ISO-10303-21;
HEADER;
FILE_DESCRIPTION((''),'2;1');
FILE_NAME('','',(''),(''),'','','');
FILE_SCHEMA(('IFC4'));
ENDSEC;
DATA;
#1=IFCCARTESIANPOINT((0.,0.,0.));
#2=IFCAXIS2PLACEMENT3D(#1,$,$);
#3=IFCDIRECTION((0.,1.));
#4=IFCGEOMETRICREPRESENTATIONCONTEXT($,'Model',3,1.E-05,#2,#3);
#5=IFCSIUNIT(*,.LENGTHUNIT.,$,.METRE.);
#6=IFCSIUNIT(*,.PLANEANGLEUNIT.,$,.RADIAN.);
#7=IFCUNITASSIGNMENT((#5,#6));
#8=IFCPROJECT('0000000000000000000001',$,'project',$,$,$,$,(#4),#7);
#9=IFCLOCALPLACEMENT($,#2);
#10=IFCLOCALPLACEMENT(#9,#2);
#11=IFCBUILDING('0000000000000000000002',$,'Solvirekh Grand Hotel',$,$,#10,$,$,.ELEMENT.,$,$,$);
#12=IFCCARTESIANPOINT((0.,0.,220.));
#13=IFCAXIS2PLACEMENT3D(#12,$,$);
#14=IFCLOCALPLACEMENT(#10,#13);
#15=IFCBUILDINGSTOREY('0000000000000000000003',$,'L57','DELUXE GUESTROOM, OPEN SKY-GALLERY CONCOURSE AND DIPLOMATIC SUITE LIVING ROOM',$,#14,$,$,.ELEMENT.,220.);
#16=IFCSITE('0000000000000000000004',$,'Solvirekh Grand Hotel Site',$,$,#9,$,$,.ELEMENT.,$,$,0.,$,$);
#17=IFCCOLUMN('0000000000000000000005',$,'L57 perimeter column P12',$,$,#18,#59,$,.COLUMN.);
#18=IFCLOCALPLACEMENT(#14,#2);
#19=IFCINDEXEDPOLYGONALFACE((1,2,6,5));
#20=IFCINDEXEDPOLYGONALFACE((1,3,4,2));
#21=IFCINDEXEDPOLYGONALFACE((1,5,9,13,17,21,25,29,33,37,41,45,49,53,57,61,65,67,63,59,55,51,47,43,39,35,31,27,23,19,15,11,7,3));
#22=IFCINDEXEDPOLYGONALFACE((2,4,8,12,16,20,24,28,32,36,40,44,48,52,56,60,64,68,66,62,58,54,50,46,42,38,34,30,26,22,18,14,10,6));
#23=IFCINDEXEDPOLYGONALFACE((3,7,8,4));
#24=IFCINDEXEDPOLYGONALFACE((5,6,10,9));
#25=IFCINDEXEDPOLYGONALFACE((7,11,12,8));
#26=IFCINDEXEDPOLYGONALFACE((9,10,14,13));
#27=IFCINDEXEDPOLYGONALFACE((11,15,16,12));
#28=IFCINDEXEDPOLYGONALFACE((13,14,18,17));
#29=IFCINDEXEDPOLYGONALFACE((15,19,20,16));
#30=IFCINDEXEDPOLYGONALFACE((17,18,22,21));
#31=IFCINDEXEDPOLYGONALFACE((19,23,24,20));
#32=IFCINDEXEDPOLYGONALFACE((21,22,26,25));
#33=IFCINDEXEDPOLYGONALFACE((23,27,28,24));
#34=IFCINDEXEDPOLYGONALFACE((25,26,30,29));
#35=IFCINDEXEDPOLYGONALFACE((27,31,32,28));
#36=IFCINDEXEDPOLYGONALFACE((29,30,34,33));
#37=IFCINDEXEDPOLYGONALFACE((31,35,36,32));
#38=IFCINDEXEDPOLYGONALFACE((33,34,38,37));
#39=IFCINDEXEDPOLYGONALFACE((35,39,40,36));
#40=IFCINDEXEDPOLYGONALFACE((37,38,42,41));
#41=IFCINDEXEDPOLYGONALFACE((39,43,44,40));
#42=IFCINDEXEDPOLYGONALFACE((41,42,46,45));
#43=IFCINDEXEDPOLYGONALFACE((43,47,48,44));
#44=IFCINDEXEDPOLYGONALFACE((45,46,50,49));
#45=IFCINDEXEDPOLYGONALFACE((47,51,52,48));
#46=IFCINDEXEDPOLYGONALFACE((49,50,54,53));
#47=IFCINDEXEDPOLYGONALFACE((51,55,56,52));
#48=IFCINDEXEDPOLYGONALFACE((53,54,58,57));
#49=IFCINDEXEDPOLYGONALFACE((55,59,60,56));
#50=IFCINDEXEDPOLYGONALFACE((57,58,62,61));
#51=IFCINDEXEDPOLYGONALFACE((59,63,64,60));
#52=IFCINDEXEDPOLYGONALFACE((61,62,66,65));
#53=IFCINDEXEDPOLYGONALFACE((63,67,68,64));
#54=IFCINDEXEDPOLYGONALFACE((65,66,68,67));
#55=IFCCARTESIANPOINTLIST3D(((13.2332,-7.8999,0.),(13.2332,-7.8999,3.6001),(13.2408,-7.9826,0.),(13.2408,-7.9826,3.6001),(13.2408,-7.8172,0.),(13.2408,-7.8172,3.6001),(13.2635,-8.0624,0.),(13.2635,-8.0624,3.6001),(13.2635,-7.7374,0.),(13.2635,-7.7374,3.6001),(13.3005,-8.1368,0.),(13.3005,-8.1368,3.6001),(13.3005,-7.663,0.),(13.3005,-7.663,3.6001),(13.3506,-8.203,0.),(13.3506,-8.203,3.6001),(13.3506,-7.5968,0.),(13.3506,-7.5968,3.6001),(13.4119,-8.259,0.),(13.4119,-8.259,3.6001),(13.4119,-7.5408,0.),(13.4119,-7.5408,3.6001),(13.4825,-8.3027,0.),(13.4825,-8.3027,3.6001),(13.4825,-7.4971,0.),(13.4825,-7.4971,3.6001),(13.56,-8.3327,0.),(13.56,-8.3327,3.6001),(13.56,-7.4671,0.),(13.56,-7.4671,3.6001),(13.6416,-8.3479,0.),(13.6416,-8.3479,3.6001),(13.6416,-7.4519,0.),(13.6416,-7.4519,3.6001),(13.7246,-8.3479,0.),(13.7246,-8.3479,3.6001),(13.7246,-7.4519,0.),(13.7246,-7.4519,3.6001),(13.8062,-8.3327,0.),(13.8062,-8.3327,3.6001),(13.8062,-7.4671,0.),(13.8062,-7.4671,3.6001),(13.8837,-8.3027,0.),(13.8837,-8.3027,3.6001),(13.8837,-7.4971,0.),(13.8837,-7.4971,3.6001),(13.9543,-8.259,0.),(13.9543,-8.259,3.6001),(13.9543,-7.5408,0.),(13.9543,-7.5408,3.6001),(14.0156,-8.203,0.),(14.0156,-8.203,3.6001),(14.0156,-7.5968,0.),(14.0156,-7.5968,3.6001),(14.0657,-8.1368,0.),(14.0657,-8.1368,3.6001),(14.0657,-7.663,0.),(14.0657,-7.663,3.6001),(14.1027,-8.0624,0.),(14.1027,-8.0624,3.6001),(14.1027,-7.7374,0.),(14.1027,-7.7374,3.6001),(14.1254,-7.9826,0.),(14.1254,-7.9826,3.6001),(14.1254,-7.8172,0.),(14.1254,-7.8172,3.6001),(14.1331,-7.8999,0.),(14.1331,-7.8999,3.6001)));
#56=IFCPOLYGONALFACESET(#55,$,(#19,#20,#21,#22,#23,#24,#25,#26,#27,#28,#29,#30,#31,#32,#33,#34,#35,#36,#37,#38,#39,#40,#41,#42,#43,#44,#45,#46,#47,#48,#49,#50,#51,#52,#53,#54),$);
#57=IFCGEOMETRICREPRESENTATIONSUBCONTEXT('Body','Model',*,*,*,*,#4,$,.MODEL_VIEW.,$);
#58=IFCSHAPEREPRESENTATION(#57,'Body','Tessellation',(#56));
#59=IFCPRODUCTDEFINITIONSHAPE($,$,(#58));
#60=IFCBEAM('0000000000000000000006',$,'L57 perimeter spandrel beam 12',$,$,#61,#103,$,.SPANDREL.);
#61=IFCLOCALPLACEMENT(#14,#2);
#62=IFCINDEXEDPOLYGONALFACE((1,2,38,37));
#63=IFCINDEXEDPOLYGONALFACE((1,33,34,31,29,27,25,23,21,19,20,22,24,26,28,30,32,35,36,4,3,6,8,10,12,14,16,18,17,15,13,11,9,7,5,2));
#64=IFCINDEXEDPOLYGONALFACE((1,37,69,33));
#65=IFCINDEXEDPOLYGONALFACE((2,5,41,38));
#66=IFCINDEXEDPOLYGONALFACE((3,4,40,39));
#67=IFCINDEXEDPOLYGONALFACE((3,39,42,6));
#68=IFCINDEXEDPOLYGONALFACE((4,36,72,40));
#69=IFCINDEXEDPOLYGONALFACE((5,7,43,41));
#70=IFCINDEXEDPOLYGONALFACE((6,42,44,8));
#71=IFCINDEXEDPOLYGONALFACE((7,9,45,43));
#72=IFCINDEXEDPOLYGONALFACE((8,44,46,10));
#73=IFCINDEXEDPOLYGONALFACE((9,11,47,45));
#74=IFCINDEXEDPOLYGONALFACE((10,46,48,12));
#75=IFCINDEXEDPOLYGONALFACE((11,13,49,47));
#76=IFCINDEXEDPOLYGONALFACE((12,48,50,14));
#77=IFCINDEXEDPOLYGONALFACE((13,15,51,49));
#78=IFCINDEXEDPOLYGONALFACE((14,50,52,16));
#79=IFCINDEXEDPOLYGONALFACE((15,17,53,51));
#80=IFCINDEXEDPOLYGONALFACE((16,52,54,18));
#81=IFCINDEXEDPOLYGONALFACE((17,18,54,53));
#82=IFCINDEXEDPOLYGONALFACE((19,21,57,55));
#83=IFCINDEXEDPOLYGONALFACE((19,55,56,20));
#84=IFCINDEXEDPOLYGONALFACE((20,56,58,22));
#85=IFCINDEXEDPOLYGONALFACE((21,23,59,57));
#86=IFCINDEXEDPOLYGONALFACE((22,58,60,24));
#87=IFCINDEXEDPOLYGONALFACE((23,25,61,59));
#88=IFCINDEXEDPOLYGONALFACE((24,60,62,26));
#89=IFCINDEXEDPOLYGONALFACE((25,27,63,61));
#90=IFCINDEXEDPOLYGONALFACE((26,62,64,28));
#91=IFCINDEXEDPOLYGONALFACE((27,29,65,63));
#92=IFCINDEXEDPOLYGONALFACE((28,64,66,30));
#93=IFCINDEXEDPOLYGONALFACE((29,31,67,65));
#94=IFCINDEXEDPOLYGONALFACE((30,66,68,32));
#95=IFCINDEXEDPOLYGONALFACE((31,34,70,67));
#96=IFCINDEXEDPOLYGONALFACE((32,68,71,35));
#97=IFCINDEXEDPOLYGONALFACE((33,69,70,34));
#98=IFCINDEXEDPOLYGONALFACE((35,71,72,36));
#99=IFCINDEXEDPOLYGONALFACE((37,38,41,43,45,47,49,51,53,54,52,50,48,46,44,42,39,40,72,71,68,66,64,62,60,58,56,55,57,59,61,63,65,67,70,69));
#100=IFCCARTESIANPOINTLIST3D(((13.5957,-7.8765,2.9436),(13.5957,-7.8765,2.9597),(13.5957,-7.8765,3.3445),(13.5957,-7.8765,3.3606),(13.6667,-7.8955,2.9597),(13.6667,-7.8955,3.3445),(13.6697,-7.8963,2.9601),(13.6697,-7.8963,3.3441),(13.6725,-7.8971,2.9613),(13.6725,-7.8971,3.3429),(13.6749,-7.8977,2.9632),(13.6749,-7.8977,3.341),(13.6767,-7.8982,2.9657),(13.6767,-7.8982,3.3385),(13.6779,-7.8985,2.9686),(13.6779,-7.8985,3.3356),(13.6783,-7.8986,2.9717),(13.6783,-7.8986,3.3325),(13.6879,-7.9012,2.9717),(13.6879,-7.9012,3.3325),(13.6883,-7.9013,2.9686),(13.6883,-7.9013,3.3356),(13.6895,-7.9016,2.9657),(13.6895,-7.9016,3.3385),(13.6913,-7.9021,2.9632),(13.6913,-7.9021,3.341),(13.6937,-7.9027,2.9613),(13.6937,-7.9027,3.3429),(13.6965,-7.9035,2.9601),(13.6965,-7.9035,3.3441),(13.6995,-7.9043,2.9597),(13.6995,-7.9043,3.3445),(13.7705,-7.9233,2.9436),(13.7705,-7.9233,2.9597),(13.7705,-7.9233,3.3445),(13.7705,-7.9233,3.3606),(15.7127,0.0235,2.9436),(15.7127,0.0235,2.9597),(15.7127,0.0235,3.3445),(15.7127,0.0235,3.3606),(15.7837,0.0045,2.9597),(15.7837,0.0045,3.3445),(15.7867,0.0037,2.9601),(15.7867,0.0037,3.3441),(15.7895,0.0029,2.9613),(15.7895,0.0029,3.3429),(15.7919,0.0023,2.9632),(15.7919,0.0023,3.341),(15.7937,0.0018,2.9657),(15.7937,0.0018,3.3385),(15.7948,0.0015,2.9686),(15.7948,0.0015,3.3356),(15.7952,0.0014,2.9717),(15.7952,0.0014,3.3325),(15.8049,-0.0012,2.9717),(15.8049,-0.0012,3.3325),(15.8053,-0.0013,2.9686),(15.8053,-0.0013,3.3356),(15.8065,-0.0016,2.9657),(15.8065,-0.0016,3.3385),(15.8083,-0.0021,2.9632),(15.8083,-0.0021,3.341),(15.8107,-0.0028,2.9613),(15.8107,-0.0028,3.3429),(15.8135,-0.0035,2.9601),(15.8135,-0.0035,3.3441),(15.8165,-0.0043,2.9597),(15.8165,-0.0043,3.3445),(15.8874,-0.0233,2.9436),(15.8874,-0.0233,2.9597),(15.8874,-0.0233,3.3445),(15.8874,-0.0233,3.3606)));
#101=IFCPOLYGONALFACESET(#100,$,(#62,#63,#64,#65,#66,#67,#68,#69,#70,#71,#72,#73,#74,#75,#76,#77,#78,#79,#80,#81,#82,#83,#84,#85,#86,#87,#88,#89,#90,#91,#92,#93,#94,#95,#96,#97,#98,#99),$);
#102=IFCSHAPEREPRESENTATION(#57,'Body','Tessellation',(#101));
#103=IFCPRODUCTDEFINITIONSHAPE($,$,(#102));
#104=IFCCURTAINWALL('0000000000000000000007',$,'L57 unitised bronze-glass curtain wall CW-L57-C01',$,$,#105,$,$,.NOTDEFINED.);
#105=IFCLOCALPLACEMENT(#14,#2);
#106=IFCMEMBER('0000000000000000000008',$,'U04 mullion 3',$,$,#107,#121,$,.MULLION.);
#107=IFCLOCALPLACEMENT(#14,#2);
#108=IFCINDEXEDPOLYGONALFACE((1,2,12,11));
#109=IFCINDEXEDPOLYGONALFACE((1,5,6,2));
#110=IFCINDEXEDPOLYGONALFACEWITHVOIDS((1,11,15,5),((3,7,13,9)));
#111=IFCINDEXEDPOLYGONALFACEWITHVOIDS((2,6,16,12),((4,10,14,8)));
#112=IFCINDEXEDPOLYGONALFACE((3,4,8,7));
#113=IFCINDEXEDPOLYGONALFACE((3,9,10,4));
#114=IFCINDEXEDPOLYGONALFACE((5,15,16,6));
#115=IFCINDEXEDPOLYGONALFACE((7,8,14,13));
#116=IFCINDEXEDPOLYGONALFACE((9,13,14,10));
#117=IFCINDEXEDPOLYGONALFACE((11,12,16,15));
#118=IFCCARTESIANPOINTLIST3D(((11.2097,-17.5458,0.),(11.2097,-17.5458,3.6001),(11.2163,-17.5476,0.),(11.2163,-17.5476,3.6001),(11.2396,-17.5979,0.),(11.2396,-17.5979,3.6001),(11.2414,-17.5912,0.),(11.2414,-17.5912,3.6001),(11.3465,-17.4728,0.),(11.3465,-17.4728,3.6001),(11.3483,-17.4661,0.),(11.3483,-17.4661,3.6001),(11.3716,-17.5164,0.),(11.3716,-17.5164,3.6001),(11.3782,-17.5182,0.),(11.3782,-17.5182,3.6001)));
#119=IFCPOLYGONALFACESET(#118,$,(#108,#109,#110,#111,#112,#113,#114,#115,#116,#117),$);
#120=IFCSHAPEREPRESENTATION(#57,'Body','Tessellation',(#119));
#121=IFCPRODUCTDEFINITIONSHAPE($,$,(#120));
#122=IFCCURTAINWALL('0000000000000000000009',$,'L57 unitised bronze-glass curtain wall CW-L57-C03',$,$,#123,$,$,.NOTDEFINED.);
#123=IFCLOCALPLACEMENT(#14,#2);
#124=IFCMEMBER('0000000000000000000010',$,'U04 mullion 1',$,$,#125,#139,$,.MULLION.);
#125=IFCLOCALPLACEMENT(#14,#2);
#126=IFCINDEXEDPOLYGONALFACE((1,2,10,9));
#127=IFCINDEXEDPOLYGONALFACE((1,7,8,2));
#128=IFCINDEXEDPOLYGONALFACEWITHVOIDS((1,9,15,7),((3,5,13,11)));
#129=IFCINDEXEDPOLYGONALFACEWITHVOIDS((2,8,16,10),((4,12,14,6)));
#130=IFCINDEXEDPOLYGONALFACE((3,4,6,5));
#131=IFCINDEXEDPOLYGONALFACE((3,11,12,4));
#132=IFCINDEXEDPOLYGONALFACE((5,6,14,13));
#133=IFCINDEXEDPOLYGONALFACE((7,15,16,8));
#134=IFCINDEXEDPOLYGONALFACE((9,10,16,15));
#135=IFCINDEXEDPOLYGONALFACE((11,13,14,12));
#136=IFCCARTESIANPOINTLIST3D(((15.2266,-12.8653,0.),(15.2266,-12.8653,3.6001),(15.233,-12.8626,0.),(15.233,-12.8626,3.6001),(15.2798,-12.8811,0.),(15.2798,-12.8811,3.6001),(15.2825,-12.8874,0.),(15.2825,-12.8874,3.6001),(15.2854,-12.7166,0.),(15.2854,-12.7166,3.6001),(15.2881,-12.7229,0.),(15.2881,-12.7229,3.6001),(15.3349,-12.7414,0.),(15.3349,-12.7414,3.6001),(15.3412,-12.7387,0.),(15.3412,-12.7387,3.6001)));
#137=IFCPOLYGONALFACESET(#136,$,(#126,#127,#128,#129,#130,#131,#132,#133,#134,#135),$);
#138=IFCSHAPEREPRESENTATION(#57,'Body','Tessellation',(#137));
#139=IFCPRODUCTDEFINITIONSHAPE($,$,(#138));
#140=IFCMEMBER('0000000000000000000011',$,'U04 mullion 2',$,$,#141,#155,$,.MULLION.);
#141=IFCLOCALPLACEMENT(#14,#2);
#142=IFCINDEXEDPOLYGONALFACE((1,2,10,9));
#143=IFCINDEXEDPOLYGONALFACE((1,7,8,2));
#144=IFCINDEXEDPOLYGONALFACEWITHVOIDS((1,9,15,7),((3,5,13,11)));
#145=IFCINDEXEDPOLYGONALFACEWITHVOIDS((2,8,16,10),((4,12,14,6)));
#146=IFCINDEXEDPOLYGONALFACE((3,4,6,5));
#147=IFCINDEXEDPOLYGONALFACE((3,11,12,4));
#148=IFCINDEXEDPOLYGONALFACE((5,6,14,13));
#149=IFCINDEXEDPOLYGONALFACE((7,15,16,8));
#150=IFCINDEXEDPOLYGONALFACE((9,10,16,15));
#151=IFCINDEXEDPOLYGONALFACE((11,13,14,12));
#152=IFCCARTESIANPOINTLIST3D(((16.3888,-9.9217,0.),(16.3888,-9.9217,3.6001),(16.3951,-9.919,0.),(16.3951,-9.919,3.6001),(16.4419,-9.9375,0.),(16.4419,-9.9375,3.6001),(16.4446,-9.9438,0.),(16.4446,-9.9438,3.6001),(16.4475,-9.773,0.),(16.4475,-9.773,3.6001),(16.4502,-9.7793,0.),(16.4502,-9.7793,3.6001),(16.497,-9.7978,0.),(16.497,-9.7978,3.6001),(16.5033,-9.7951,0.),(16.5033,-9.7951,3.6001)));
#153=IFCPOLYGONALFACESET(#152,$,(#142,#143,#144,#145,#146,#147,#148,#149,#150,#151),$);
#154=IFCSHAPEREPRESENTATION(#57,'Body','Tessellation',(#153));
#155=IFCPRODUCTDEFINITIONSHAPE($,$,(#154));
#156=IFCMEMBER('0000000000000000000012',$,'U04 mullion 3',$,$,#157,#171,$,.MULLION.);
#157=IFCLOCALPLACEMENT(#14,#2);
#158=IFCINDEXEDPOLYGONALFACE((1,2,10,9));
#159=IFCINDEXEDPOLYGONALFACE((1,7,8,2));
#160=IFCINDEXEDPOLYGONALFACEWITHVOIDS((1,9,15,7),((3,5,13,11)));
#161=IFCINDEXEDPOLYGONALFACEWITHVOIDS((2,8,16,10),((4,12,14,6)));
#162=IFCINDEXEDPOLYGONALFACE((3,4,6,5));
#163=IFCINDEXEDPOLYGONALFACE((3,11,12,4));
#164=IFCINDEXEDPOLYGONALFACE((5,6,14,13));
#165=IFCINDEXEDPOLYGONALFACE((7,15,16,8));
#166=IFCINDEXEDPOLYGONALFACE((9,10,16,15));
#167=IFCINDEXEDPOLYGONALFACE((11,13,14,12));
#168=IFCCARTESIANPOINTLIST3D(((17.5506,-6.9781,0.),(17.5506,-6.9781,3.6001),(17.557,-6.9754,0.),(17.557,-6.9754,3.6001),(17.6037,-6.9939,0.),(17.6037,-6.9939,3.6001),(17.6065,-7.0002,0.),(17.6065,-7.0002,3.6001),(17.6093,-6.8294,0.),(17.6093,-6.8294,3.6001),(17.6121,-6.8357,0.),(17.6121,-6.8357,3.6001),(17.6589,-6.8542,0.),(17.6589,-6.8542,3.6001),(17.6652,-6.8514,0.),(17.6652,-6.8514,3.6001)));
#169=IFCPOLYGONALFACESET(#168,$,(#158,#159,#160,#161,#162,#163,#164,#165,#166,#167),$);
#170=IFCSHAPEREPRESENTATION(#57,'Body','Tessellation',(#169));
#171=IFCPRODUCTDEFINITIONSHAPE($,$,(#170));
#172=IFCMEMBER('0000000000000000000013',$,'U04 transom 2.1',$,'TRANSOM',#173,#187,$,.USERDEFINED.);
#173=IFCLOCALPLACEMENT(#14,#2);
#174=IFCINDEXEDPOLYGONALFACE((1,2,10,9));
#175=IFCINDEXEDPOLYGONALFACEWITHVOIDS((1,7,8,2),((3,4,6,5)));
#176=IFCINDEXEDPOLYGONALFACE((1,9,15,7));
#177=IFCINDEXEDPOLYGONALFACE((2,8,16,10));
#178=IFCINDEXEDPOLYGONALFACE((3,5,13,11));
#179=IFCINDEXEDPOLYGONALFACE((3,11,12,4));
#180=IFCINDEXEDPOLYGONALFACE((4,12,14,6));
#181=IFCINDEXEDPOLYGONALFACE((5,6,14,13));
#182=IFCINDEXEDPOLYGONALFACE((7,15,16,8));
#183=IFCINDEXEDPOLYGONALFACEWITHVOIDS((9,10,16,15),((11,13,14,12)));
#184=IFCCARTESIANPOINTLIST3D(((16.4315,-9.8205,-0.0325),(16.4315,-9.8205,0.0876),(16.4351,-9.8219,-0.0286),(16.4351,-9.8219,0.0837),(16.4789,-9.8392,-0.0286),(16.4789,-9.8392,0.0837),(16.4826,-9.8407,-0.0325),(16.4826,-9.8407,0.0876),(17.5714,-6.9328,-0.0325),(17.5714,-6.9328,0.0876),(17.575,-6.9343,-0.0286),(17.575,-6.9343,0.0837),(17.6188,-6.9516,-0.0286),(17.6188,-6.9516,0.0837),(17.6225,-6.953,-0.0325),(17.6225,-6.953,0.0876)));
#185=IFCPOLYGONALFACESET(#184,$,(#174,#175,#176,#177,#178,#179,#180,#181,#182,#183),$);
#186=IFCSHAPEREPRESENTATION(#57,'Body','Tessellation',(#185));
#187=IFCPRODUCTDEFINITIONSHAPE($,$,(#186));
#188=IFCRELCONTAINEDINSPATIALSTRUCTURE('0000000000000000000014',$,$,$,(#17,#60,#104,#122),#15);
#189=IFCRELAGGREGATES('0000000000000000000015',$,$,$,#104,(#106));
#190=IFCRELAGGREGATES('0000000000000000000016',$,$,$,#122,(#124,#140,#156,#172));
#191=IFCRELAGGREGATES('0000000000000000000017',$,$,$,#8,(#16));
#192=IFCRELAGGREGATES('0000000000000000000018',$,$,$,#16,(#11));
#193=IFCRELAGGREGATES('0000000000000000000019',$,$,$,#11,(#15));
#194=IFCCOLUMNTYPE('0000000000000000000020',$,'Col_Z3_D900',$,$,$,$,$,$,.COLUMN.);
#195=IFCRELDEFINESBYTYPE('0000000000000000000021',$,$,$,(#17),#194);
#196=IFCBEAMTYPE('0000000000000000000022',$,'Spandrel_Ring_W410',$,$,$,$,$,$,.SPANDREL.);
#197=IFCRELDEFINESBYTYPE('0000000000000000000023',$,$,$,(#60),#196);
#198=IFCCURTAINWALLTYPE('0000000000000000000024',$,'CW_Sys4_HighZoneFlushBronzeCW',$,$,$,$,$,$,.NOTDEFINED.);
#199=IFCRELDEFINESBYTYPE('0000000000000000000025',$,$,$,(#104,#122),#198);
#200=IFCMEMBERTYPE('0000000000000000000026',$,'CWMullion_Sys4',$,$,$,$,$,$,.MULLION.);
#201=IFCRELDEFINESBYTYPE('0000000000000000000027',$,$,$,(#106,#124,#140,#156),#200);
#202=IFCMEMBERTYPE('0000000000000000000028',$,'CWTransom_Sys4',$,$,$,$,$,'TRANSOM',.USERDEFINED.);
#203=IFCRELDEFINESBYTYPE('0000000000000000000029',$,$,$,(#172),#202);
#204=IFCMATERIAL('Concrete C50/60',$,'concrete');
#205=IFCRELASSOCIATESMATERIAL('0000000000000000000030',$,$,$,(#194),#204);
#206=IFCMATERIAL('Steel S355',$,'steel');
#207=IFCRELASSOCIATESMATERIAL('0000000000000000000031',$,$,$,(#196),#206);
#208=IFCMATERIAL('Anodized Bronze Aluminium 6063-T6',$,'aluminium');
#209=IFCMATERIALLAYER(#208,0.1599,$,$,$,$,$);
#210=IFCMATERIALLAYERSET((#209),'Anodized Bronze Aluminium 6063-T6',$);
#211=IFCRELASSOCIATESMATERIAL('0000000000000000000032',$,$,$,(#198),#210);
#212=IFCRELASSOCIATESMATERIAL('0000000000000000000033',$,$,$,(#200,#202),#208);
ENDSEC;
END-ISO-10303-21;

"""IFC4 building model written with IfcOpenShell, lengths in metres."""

from ifc_helpers import new_model, si_unit, direction, frame, origin, origin_2d, place, context, subcontext, project, spatial, hollow_rectangle, circle, i_section, extrude, source, transform, mapped, material, layer, layer_set, material_profile, profile_set, type_object, element, aggregate, save


model = new_model("IFC4")

# Units and contexts
model_context = context("Model", 3, precision=1e-05, world=origin(), true_north=direction((0.0, 1.0)))
body_context = subcontext(model_context, "Body", "Model", "MODEL_VIEW")
ifc_project = project(units=[si_unit("LENGTHUNIT", "METRE"), si_unit("PLANEANGLEUNIT", "RADIAN")], contexts=[model_context])

# Site, building, storey
site_placement = place(None, origin())
site = spatial("IfcSite", under=ifc_project, at=site_placement, Name="Solvirekh Grand Hotel Site", CompositionType="ELEMENT", RefElevation=0.0)
building_placement = place(site_placement, origin())
building = spatial("IfcBuilding", under=site, at=building_placement, Name="Solvirekh Grand Hotel", CompositionType="ELEMENT")
storey_placement = place(building_placement, frame((0.0, 0.0, 220.0)))
storey = spatial("IfcBuildingStorey", under=building, at=storey_placement, Name="L57", Description="DELUXE GUESTROOM, OPEN SKY-GALLERY CONCOURSE AND DIPLOMATIC SUITE LIVING ROOM", CompositionType="ELEMENT", Elevation=220.0)

# Column
ifc_material_1 = material(Name="Concrete C50/60", Category="concrete")
ifc_material_profile_1 = material_profile(ifc_material_1, circle(Radius=0.45, at=origin_2d()), Name="RC CIRC D900")
ifc_profile_set_1 = profile_set([ifc_material_profile_1], Name="Concrete C50/60")
column_type = type_object("IfcColumnType", Name="Col_Z3_D900", PredefinedType="COLUMN", material=ifc_profile_set_1)
column_placement = place(storey_placement, frame((13.6831, -7.8999, 0.0), z_axis=(0.0, 0.0, 1.0), x_axis=(1.0, 0.0, 0.0)))
element("IfcColumn", 1, at=column_placement, inside=storey, type_object=column_type, Name="L57 perimeter column P12", PredefinedType="COLUMN", context=body_context, shape_type="SweptSolid", body=[
    extrude(circle(Radius=0.45, at=origin_2d()), origin(), (0.0, 0.0, 1.0), 3.6001),
])

# Beam
ifc_material_2 = material(Name="Steel S355", Category="steel")
ifc_material_profile_2 = material_profile(ifc_material_2, i_section(OverallWidth=0.1809, OverallDepth=0.417, WebThickness=0.01, FlangeThickness=0.0161, FilletRadius=0.012, at=origin_2d()), Name="W410X85")
ifc_profile_set_2 = profile_set([ifc_material_profile_2], Name="Steel S355")
beam_type = type_object("IfcBeamType", Name="Spandrel_Ring_W410", PredefinedType="SPANDREL", material=ifc_profile_set_2)
beam_placement = place(storey_placement, frame((13.6831, -7.8999, 3.1521), z_axis=(0.258839, 0.965921, 0.0), x_axis=(-0.965921, 0.258839, 0.0)))
element("IfcBeam", 2, at=beam_placement, inside=storey, type_object=beam_type, Name="L57 perimeter spandrel beam 12", PredefinedType="SPANDREL", context=body_context, shape_type="SweptSolid", body=[
    extrude(i_section(OverallWidth=0.1809, OverallDepth=0.417, WebThickness=0.01, FlangeThickness=0.0161, FilletRadius=0.012, at=origin_2d()), origin(), (0.0, 0.0, 1.0), 8.1787),
])

# Curtain wall, member
ifc_material_3 = material(Name="Anodized Bronze Aluminium 6063-T6", Category="aluminium")
ifc_layer_1 = layer(ifc_material_3, 0.1599)
ifc_layer_set_1 = layer_set([ifc_layer_1], Name="Anodized Bronze Aluminium 6063-T6")
curtain_wall_type = type_object("IfcCurtainWallType", Name="CW_Sys4_HighZoneFlushBronzeCW", PredefinedType="NOTDEFINED", material=ifc_layer_set_1)
curtain_wall_1_placement = place(storey_placement, origin())
curtain_wall_1 = element("IfcCurtainWall", 3, at=curtain_wall_1_placement, inside=storey, type_object=curtain_wall_type, Name="L57 unitised bronze-glass curtain wall CW-L57-C01", PredefinedType="NOTDEFINED")
ifc_material_profile_3 = material_profile(ifc_material_3, hollow_rectangle(XDim=0.0601, YDim=0.1599, WallThickness=0.0049, at=origin_2d()), Name="ALU RHS 160X60X5")
ifc_profile_set_3 = profile_set([ifc_material_profile_3], Name="Anodized Bronze Aluminium 6063-T6")
member_type_1 = type_object("IfcMemberType", Name="CWMullion_Sys4", PredefinedType="MULLION", material=ifc_profile_set_3)
shared_shape_1 = source(origin(), body_context, "Body", "SweptSolid", [
    extrude(hollow_rectangle(XDim=0.0601, YDim=0.1599, WallThickness=0.0049, at=origin_2d()), origin(), (0.0, 0.0, 1.0), 3.6001),
])
member_1_placement = place(storey_placement, frame((11.2939, -17.532, 0.0), z_axis=(0.0, 0.0, 1.0), x_axis=(-0.498213, 0.867055, 0.0)))
member_1 = element("IfcMember", 4, at=member_1_placement, type_object=member_type_1, Name="U04 mullion 3", PredefinedType="MULLION", context=body_context, shape_type="MappedRepresentation", body=[
    mapped(shared_shape_1, transform((0.0, 0.0, 0.0), x_axis=(1.0, 0.0, 0.0), y_axis=(0.0, 1.0, 0.0), z_axis=(0.0, 0.0, 1.0), scale=1.0)),
])
aggregate(curtain_wall_1, [member_1])

# Curtain wall, members
curtain_wall_2_placement = place(storey_placement, origin())
curtain_wall_2 = element("IfcCurtainWall", 5, at=curtain_wall_2_placement, inside=storey, type_object=curtain_wall_type, Name="L57 unitised bronze-glass curtain wall CW-L57-C03", PredefinedType="NOTDEFINED")
member_2_placement = place(storey_placement, frame((15.2839, -12.802, 0.0), z_axis=(0.0, 0.0, 1.0), x_axis=(-0.930151, 0.367177, 0.0)))
member_2 = element("IfcMember", 6, at=member_2_placement, type_object=member_type_1, Name="U04 mullion 1", PredefinedType="MULLION", context=body_context, shape_type="MappedRepresentation", body=[
    mapped(shared_shape_1, transform((0.0, 0.0, 0.0), x_axis=(1.0, 0.0, 0.0), y_axis=(0.0, 1.0, 0.0), z_axis=(0.0, 0.0, 1.0), scale=1.0)),
])
member_3_placement = place(storey_placement, frame((16.446, -9.8584, 0.0), z_axis=(0.0, 0.0, 1.0), x_axis=(-0.930151, 0.367177, 0.0)))
member_3 = element("IfcMember", 7, at=member_3_placement, type_object=member_type_1, Name="U04 mullion 2", PredefinedType="MULLION", context=body_context, shape_type="MappedRepresentation", body=[
    mapped(shared_shape_1, transform((0.0, 0.0, 0.0), x_axis=(1.0, 0.0, 0.0), y_axis=(0.0, 1.0, 0.0), z_axis=(0.0, 0.0, 1.0), scale=1.0)),
])
member_4_placement = place(storey_placement, frame((17.6079, -6.9148, 0.0), z_axis=(0.0, 0.0, 1.0), x_axis=(-0.930151, 0.367177, 0.0)))
member_4 = element("IfcMember", 8, at=member_4_placement, type_object=member_type_1, Name="U04 mullion 3", PredefinedType="MULLION", context=body_context, shape_type="MappedRepresentation", body=[
    mapped(shared_shape_1, transform((0.0, 0.0, 0.0), x_axis=(1.0, 0.0, 0.0), y_axis=(0.0, 1.0, 0.0), z_axis=(0.0, 0.0, 1.0), scale=1.0)),
])
ifc_material_profile_4 = material_profile(ifc_material_3, hollow_rectangle(XDim=0.0549, YDim=0.1201, WallThickness=0.0039, at=origin_2d()), Name="ALU RHS 120X55X4")
ifc_profile_set_4 = profile_set([ifc_material_profile_4], Name="Anodized Bronze Aluminium 6063-T6")
member_type_2 = type_object("IfcMemberType", Name="CWTransom_Sys4", ElementType="TRANSOM", PredefinedType="USERDEFINED", material=ifc_profile_set_4)
shared_shape_2 = source(origin(), body_context, "Body", "SweptSolid", [
    extrude(hollow_rectangle(XDim=0.0549, YDim=0.1201, WallThickness=0.0039, at=origin_2d()), origin(), (0.0, 0.0, 1.0), 3.1045),
])
member_5_placement = place(storey_placement, frame((16.457, -9.8306, 0.0276), z_axis=(0.36717, 0.930154, 0.0), x_axis=(-0.930154, 0.36717, 0.0)))
member_5 = element("IfcMember", 9, at=member_5_placement, type_object=member_type_2, Name="U04 transom 2.1", ObjectType="TRANSOM", PredefinedType="USERDEFINED", context=body_context, shape_type="MappedRepresentation", body=[
    mapped(shared_shape_2, transform((0.0, 0.0, 0.0), x_axis=(1.0, 0.0, 0.0), y_axis=(0.0, 1.0, 0.0), z_axis=(0.0, 0.0, 1.0), scale=1.0)),
])
aggregate(curtain_wall_2, [member_2, member_3, member_4, member_5])

save(model, "model.ifc")
